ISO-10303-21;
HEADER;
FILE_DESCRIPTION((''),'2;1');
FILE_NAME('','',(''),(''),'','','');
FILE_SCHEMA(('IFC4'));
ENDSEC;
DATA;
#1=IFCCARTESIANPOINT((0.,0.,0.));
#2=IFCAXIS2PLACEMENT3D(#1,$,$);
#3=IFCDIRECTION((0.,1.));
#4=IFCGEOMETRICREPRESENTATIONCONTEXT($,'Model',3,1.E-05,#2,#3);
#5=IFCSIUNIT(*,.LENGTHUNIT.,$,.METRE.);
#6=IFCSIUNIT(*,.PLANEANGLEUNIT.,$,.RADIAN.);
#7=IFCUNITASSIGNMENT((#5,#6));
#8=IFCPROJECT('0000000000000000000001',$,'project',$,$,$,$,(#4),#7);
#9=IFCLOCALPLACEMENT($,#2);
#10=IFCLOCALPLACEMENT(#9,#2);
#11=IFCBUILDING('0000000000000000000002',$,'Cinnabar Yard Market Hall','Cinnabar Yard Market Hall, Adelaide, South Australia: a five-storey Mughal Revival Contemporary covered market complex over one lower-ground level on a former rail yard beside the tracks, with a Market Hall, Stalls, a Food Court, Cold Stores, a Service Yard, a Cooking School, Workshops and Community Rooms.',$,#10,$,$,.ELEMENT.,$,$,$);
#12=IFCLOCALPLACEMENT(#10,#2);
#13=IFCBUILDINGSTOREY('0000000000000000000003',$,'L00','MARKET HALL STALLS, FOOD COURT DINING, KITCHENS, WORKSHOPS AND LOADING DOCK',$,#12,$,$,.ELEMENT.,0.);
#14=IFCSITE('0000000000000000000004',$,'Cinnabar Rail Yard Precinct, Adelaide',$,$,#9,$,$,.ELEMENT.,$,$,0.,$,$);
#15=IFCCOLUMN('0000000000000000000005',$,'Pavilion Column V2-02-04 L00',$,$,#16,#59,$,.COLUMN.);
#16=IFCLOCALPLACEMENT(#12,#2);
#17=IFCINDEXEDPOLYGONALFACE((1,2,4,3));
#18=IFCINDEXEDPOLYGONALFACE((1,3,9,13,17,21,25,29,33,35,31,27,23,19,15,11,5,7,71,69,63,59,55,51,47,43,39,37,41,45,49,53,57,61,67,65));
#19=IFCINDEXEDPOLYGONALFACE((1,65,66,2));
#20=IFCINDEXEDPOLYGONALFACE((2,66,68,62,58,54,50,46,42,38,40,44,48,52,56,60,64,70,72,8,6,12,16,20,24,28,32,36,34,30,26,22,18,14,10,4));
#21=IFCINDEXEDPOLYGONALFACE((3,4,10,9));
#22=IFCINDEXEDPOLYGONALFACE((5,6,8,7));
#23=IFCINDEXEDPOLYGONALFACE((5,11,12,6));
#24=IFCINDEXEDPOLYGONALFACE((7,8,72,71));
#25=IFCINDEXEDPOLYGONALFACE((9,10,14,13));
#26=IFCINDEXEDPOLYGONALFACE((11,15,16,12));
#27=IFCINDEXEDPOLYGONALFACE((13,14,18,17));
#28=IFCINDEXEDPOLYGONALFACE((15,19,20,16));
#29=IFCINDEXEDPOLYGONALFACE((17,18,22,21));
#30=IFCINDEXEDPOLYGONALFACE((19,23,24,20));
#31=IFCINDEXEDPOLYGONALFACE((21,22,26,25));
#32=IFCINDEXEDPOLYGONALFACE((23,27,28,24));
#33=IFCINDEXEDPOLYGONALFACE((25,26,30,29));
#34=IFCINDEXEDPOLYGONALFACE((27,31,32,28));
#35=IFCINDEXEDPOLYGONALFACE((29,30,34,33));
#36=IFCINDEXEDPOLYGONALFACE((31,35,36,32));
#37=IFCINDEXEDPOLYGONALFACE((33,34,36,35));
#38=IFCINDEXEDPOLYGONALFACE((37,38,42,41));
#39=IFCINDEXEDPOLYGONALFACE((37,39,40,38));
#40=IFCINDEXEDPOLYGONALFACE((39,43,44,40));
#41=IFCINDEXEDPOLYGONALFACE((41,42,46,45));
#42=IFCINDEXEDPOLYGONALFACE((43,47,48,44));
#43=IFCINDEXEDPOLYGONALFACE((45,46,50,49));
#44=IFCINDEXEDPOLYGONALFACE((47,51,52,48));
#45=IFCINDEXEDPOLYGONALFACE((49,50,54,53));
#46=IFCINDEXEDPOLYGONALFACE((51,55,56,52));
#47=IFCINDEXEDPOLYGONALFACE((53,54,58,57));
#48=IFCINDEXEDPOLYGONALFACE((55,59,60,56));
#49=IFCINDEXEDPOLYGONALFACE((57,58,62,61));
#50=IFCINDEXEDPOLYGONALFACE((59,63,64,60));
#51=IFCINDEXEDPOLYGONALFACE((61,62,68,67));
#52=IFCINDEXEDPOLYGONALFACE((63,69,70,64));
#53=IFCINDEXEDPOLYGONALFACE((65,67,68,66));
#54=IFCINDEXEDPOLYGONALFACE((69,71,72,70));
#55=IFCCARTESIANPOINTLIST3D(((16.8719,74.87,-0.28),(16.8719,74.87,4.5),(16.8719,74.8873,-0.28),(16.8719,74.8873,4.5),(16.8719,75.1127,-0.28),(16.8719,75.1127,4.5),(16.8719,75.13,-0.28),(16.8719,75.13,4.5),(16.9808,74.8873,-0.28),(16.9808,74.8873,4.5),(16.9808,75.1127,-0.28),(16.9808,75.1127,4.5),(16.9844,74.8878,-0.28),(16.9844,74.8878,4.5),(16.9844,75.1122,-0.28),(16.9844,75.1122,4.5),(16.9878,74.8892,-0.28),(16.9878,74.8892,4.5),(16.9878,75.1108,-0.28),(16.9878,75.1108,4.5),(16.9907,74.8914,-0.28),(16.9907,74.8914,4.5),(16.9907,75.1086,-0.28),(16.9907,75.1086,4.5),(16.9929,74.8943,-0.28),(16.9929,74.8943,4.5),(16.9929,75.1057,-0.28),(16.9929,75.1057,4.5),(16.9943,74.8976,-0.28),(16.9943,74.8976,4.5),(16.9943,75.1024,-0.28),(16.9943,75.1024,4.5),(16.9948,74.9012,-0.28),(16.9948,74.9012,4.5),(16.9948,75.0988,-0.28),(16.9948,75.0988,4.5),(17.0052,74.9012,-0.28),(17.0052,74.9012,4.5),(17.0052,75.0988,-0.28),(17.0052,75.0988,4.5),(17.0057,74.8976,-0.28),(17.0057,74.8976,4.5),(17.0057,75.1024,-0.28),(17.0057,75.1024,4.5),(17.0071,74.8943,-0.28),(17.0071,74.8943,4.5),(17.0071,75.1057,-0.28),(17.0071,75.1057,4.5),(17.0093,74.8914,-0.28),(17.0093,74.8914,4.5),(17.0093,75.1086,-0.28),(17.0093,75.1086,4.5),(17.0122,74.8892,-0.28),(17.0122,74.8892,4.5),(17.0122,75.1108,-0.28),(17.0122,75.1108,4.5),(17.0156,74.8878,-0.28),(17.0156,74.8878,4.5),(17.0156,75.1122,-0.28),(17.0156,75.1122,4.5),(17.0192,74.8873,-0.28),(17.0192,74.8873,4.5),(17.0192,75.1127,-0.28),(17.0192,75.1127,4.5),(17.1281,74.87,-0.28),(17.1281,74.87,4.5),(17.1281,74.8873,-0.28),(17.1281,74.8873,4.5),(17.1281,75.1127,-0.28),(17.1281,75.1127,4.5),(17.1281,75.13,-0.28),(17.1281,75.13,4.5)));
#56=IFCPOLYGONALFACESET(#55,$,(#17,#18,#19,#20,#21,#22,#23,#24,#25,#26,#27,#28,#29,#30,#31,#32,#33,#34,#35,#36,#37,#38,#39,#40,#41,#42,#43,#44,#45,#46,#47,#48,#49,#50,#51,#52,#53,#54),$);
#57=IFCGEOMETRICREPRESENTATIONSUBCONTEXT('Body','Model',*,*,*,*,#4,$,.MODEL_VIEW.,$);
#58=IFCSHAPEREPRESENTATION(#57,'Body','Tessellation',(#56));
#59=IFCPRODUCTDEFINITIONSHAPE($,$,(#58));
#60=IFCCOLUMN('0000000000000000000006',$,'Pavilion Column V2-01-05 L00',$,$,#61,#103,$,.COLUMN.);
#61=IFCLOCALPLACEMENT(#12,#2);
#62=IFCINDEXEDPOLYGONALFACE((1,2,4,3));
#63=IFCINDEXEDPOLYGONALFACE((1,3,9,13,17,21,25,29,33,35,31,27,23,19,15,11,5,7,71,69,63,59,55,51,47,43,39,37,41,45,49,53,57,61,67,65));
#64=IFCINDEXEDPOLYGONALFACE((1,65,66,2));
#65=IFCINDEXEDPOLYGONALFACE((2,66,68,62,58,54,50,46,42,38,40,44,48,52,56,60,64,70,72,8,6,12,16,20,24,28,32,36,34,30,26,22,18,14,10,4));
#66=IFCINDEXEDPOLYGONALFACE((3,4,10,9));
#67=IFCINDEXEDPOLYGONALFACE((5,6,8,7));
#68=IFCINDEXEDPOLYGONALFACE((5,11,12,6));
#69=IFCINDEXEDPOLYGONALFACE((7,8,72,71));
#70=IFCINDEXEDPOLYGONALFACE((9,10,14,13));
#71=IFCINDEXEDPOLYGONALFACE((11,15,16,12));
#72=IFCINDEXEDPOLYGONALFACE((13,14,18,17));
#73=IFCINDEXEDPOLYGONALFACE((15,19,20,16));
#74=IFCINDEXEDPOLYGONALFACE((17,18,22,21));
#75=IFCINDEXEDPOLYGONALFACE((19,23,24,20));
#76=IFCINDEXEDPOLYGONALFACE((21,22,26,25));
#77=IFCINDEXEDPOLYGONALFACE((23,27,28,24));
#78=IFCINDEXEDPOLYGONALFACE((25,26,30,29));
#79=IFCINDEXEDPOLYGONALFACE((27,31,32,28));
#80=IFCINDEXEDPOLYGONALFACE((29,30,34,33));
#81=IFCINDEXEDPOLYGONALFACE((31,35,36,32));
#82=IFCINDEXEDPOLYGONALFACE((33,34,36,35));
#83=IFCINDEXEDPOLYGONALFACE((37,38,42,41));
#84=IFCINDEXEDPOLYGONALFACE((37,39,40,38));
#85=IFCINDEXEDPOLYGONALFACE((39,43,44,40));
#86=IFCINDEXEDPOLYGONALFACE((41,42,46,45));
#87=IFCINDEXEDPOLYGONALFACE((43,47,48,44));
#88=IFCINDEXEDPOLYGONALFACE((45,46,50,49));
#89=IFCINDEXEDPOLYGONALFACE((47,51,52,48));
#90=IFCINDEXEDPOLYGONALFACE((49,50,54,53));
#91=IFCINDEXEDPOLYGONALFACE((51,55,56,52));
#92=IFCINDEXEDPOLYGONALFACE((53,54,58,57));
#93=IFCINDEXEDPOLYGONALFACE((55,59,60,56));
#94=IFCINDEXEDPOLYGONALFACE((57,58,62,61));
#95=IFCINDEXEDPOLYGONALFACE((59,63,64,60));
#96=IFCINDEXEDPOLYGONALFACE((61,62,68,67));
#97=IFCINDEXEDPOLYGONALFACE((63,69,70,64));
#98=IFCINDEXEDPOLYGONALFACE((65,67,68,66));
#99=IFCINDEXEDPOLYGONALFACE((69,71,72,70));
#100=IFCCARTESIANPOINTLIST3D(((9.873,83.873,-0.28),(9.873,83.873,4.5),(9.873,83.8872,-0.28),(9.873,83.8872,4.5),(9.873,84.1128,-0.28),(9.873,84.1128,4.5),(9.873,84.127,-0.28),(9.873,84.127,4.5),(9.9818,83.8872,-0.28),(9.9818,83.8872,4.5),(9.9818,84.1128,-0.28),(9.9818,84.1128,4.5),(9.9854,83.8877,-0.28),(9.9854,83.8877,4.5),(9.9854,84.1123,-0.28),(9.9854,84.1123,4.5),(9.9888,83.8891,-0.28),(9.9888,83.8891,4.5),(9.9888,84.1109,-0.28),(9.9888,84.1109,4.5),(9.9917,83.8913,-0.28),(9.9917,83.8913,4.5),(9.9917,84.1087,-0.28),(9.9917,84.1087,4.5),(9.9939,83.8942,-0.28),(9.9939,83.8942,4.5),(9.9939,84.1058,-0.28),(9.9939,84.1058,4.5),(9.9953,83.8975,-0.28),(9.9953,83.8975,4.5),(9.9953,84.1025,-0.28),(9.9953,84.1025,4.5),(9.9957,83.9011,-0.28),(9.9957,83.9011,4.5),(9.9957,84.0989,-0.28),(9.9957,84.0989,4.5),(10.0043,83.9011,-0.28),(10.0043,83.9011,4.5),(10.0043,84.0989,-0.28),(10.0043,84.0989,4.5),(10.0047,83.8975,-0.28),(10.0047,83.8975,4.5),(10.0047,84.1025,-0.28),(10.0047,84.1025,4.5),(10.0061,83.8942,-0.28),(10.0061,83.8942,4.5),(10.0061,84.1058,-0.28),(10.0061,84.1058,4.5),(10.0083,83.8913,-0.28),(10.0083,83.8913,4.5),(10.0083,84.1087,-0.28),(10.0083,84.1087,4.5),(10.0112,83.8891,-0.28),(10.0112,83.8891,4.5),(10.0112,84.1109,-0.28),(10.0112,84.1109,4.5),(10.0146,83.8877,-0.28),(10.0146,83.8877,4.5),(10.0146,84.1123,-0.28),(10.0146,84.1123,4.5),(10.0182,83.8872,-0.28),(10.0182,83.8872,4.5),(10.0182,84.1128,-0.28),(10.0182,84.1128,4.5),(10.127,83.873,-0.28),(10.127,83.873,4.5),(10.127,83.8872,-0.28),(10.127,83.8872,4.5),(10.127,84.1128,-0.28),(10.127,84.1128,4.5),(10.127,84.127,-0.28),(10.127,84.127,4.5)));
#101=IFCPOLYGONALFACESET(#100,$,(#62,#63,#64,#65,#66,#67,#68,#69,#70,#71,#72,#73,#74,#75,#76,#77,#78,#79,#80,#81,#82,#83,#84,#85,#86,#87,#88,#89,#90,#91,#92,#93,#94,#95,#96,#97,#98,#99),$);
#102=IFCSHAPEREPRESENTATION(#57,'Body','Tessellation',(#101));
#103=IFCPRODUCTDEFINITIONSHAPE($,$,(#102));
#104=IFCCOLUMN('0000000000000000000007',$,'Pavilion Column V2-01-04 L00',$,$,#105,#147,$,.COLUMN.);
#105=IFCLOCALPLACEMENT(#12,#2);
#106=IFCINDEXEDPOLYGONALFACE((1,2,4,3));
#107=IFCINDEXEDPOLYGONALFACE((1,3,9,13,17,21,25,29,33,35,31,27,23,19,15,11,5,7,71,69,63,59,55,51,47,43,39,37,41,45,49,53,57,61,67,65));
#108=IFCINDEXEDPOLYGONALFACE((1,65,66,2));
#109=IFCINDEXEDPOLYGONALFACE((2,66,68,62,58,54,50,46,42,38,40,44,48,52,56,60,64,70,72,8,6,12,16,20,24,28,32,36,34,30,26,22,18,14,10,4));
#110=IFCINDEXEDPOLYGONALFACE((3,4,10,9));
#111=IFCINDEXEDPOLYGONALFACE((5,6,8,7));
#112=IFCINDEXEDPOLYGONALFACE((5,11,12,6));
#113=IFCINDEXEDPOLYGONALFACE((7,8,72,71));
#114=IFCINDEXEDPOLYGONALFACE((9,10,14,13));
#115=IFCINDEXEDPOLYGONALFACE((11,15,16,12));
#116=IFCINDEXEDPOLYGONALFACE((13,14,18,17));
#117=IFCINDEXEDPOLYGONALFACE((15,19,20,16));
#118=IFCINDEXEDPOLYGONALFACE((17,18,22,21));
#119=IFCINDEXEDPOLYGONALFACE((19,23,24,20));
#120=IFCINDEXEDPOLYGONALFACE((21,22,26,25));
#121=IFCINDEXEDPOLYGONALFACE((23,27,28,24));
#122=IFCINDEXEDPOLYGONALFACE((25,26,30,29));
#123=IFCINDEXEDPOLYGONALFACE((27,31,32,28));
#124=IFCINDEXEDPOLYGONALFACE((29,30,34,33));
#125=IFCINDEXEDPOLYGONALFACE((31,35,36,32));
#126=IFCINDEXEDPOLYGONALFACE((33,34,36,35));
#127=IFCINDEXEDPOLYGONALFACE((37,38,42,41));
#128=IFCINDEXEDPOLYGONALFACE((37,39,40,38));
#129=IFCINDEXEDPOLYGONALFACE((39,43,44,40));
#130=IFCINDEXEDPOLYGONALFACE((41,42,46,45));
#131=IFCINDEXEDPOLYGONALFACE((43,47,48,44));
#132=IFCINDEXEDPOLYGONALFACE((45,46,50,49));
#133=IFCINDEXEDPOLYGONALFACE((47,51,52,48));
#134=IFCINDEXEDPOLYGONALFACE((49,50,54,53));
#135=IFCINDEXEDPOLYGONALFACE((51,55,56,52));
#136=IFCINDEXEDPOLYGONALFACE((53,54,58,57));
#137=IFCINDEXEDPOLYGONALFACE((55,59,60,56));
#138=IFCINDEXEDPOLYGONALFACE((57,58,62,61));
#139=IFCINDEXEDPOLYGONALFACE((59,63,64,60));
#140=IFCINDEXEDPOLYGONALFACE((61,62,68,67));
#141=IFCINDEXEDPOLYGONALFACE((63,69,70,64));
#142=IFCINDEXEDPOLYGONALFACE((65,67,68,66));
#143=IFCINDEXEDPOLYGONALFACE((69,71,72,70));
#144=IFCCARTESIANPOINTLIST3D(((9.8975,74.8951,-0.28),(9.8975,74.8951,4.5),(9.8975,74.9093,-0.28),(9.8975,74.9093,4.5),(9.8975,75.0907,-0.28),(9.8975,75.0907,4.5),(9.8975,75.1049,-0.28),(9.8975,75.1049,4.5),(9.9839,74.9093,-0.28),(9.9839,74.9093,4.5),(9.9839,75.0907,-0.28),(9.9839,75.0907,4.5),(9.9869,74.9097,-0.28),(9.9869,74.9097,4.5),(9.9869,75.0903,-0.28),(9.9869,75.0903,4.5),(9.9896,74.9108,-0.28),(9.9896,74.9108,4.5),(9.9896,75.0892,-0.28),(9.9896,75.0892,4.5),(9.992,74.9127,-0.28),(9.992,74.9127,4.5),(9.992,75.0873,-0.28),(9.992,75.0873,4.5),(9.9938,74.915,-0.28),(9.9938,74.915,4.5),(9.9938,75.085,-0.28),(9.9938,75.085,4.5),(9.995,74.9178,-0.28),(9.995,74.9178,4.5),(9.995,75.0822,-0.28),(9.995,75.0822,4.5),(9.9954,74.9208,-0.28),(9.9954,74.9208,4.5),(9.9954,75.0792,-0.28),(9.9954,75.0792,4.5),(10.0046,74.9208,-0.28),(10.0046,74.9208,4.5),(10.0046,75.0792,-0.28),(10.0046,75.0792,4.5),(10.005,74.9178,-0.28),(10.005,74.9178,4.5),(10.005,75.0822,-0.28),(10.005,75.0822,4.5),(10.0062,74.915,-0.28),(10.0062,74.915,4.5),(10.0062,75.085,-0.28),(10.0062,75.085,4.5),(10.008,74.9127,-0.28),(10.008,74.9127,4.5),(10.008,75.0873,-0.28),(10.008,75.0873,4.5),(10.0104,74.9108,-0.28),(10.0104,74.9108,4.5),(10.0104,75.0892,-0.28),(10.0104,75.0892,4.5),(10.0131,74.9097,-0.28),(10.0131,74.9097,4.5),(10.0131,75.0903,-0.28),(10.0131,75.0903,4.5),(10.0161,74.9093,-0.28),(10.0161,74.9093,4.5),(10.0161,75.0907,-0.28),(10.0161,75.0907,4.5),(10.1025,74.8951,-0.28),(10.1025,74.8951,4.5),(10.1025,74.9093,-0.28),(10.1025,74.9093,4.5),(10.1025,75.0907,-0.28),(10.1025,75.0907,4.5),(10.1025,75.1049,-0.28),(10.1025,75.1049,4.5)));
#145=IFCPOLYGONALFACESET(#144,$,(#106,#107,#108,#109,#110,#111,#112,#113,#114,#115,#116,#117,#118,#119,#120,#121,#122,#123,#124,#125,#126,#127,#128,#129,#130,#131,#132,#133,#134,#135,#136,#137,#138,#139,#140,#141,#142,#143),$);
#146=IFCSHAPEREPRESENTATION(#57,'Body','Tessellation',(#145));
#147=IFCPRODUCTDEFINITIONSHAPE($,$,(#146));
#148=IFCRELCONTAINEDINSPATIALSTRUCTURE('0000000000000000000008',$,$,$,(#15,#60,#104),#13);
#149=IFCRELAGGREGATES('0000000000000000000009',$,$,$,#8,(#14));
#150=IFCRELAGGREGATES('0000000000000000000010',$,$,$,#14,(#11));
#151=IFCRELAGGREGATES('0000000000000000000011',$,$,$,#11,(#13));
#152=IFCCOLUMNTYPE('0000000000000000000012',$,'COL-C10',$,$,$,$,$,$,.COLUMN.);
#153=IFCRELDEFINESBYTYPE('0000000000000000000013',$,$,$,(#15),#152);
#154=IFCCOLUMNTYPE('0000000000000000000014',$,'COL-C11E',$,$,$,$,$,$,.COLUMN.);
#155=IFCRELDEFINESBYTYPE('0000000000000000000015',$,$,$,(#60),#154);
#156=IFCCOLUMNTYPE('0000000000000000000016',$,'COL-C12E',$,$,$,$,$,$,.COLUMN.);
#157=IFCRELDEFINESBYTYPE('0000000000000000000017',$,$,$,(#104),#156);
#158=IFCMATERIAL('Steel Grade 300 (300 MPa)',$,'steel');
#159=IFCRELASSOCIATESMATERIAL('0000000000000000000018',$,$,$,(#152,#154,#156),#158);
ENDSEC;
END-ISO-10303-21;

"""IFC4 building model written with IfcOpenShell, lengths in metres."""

from ifc_helpers import new_model, si_unit, direction, frame, origin, origin_2d_with_axis, place, context, subcontext, project, spatial, i_section, extrude, material, material_profile, profile_set, type_object, element, save


model = new_model("IFC4")

# Units and contexts
model_context = context("Model", 3, precision=1e-05, world=origin(), true_north=direction((0.0, 1.0)))
body_context = subcontext(model_context, "Body", "Model", "MODEL_VIEW")
ifc_project = project(units=[si_unit("LENGTHUNIT", "METRE"), si_unit("PLANEANGLEUNIT", "RADIAN")], contexts=[model_context])

# Site, building, storey
site_placement = place(None, origin())
site = spatial("IfcSite", under=ifc_project, at=site_placement, Name="Cinnabar Rail Yard Precinct, Adelaide", CompositionType="ELEMENT", RefElevation=0.0)
building_placement = place(site_placement, origin())
building = spatial("IfcBuilding", under=site, at=building_placement, Name="Cinnabar Yard Market Hall", Description="Cinnabar Yard Market Hall, Adelaide, South Australia: a five-storey Mughal Revival Contemporary covered market complex over one lower-ground level on a former rail yard beside the tracks, with a Market Hall, Stalls, a Food Court, Cold Stores, a Service Yard, a Cooking School, Workshops and Community Rooms.", CompositionType="ELEMENT")
storey_placement = place(building_placement, origin())
storey = spatial("IfcBuildingStorey", under=building, at=storey_placement, Name="L00", Description="MARKET HALL STALLS, FOOD COURT DINING, KITCHENS, WORKSHOPS AND LOADING DOCK", CompositionType="ELEMENT", Elevation=0.0)

# Columns
ifc_material_1 = material(Name="Steel Grade 300 (300 MPa)", Category="steel")
ifc_material_profile_1 = material_profile(ifc_material_1, i_section(OverallWidth=0.2561, OverallDepth=0.26, WebThickness=0.0105, FlangeThickness=0.0173, FilletRadius=0.0139, at=origin_2d_with_axis()), Name="250UC89.5")
ifc_profile_set_1 = profile_set([ifc_material_profile_1], Name="Steel Grade 300 (300 MPa)")
column_type_1 = type_object("IfcColumnType", Name="COL-C10", PredefinedType="COLUMN", material=ifc_profile_set_1)
column_1_placement = place(storey_placement, frame((17.0, 75.0, -0.28), z_axis=(0.0, 0.0, 1.0), x_axis=(1.0, 0.0, 0.0)))
element("IfcColumn", 1, at=column_1_placement, inside=storey, type_object=column_type_1, Name="Pavilion Column V2-02-04 L00", PredefinedType="COLUMN", context=body_context, shape_type="SweptSolid", body=[
    extrude(i_section(OverallWidth=0.2561, OverallDepth=0.26, WebThickness=0.0105, FlangeThickness=0.0173, FilletRadius=0.0139, at=origin_2d_with_axis()), origin(), (0.0, 0.0, 1.0), 4.78),
])
ifc_material_profile_2 = material_profile(ifc_material_1, i_section(OverallWidth=0.2539, OverallDepth=0.2539, WebThickness=0.0085, FlangeThickness=0.0142, FilletRadius=0.0139, at=origin_2d_with_axis()), Name="250UC72.9")
ifc_profile_set_2 = profile_set([ifc_material_profile_2], Name="Steel Grade 300 (300 MPa)")
column_type_2 = type_object("IfcColumnType", Name="COL-C11E", PredefinedType="COLUMN", material=ifc_profile_set_2)
column_2_placement = place(storey_placement, frame((10.0, 84.0, -0.28), z_axis=(0.0, 0.0, 1.0), x_axis=(1.0, 0.0, 0.0)))
element("IfcColumn", 2, at=column_2_placement, inside=storey, type_object=column_type_2, Name="Pavilion Column V2-01-05 L00", PredefinedType="COLUMN", context=body_context, shape_type="SweptSolid", body=[
    extrude(i_section(OverallWidth=0.2539, OverallDepth=0.2539, WebThickness=0.0085, FlangeThickness=0.0142, FilletRadius=0.0139, at=origin_2d_with_axis()), origin(), (0.0, 0.0, 1.0), 4.78),
])
ifc_material_profile_3 = material_profile(ifc_material_1, i_section(OverallWidth=0.2051, OverallDepth=0.2097, WebThickness=0.0093, FlangeThickness=0.0142, FilletRadius=0.0115, at=origin_2d_with_axis()), Name="200UC59.5")
ifc_profile_set_3 = profile_set([ifc_material_profile_3], Name="Steel Grade 300 (300 MPa)")
column_type_3 = type_object("IfcColumnType", Name="COL-C12E", PredefinedType="COLUMN", material=ifc_profile_set_3)
column_3_placement = place(storey_placement, frame((10.0, 75.0, -0.28), z_axis=(0.0, 0.0, 1.0), x_axis=(1.0, 0.0, 0.0)))
element("IfcColumn", 3, at=column_3_placement, inside=storey, type_object=column_type_3, Name="Pavilion Column V2-01-04 L00", PredefinedType="COLUMN", context=body_context, shape_type="SweptSolid", body=[
    extrude(i_section(OverallWidth=0.2051, OverallDepth=0.2097, WebThickness=0.0093, FlangeThickness=0.0142, FilletRadius=0.0115, at=origin_2d_with_axis()), origin(), (0.0, 0.0, 1.0), 4.78),
])

save(model, "model.ifc")
